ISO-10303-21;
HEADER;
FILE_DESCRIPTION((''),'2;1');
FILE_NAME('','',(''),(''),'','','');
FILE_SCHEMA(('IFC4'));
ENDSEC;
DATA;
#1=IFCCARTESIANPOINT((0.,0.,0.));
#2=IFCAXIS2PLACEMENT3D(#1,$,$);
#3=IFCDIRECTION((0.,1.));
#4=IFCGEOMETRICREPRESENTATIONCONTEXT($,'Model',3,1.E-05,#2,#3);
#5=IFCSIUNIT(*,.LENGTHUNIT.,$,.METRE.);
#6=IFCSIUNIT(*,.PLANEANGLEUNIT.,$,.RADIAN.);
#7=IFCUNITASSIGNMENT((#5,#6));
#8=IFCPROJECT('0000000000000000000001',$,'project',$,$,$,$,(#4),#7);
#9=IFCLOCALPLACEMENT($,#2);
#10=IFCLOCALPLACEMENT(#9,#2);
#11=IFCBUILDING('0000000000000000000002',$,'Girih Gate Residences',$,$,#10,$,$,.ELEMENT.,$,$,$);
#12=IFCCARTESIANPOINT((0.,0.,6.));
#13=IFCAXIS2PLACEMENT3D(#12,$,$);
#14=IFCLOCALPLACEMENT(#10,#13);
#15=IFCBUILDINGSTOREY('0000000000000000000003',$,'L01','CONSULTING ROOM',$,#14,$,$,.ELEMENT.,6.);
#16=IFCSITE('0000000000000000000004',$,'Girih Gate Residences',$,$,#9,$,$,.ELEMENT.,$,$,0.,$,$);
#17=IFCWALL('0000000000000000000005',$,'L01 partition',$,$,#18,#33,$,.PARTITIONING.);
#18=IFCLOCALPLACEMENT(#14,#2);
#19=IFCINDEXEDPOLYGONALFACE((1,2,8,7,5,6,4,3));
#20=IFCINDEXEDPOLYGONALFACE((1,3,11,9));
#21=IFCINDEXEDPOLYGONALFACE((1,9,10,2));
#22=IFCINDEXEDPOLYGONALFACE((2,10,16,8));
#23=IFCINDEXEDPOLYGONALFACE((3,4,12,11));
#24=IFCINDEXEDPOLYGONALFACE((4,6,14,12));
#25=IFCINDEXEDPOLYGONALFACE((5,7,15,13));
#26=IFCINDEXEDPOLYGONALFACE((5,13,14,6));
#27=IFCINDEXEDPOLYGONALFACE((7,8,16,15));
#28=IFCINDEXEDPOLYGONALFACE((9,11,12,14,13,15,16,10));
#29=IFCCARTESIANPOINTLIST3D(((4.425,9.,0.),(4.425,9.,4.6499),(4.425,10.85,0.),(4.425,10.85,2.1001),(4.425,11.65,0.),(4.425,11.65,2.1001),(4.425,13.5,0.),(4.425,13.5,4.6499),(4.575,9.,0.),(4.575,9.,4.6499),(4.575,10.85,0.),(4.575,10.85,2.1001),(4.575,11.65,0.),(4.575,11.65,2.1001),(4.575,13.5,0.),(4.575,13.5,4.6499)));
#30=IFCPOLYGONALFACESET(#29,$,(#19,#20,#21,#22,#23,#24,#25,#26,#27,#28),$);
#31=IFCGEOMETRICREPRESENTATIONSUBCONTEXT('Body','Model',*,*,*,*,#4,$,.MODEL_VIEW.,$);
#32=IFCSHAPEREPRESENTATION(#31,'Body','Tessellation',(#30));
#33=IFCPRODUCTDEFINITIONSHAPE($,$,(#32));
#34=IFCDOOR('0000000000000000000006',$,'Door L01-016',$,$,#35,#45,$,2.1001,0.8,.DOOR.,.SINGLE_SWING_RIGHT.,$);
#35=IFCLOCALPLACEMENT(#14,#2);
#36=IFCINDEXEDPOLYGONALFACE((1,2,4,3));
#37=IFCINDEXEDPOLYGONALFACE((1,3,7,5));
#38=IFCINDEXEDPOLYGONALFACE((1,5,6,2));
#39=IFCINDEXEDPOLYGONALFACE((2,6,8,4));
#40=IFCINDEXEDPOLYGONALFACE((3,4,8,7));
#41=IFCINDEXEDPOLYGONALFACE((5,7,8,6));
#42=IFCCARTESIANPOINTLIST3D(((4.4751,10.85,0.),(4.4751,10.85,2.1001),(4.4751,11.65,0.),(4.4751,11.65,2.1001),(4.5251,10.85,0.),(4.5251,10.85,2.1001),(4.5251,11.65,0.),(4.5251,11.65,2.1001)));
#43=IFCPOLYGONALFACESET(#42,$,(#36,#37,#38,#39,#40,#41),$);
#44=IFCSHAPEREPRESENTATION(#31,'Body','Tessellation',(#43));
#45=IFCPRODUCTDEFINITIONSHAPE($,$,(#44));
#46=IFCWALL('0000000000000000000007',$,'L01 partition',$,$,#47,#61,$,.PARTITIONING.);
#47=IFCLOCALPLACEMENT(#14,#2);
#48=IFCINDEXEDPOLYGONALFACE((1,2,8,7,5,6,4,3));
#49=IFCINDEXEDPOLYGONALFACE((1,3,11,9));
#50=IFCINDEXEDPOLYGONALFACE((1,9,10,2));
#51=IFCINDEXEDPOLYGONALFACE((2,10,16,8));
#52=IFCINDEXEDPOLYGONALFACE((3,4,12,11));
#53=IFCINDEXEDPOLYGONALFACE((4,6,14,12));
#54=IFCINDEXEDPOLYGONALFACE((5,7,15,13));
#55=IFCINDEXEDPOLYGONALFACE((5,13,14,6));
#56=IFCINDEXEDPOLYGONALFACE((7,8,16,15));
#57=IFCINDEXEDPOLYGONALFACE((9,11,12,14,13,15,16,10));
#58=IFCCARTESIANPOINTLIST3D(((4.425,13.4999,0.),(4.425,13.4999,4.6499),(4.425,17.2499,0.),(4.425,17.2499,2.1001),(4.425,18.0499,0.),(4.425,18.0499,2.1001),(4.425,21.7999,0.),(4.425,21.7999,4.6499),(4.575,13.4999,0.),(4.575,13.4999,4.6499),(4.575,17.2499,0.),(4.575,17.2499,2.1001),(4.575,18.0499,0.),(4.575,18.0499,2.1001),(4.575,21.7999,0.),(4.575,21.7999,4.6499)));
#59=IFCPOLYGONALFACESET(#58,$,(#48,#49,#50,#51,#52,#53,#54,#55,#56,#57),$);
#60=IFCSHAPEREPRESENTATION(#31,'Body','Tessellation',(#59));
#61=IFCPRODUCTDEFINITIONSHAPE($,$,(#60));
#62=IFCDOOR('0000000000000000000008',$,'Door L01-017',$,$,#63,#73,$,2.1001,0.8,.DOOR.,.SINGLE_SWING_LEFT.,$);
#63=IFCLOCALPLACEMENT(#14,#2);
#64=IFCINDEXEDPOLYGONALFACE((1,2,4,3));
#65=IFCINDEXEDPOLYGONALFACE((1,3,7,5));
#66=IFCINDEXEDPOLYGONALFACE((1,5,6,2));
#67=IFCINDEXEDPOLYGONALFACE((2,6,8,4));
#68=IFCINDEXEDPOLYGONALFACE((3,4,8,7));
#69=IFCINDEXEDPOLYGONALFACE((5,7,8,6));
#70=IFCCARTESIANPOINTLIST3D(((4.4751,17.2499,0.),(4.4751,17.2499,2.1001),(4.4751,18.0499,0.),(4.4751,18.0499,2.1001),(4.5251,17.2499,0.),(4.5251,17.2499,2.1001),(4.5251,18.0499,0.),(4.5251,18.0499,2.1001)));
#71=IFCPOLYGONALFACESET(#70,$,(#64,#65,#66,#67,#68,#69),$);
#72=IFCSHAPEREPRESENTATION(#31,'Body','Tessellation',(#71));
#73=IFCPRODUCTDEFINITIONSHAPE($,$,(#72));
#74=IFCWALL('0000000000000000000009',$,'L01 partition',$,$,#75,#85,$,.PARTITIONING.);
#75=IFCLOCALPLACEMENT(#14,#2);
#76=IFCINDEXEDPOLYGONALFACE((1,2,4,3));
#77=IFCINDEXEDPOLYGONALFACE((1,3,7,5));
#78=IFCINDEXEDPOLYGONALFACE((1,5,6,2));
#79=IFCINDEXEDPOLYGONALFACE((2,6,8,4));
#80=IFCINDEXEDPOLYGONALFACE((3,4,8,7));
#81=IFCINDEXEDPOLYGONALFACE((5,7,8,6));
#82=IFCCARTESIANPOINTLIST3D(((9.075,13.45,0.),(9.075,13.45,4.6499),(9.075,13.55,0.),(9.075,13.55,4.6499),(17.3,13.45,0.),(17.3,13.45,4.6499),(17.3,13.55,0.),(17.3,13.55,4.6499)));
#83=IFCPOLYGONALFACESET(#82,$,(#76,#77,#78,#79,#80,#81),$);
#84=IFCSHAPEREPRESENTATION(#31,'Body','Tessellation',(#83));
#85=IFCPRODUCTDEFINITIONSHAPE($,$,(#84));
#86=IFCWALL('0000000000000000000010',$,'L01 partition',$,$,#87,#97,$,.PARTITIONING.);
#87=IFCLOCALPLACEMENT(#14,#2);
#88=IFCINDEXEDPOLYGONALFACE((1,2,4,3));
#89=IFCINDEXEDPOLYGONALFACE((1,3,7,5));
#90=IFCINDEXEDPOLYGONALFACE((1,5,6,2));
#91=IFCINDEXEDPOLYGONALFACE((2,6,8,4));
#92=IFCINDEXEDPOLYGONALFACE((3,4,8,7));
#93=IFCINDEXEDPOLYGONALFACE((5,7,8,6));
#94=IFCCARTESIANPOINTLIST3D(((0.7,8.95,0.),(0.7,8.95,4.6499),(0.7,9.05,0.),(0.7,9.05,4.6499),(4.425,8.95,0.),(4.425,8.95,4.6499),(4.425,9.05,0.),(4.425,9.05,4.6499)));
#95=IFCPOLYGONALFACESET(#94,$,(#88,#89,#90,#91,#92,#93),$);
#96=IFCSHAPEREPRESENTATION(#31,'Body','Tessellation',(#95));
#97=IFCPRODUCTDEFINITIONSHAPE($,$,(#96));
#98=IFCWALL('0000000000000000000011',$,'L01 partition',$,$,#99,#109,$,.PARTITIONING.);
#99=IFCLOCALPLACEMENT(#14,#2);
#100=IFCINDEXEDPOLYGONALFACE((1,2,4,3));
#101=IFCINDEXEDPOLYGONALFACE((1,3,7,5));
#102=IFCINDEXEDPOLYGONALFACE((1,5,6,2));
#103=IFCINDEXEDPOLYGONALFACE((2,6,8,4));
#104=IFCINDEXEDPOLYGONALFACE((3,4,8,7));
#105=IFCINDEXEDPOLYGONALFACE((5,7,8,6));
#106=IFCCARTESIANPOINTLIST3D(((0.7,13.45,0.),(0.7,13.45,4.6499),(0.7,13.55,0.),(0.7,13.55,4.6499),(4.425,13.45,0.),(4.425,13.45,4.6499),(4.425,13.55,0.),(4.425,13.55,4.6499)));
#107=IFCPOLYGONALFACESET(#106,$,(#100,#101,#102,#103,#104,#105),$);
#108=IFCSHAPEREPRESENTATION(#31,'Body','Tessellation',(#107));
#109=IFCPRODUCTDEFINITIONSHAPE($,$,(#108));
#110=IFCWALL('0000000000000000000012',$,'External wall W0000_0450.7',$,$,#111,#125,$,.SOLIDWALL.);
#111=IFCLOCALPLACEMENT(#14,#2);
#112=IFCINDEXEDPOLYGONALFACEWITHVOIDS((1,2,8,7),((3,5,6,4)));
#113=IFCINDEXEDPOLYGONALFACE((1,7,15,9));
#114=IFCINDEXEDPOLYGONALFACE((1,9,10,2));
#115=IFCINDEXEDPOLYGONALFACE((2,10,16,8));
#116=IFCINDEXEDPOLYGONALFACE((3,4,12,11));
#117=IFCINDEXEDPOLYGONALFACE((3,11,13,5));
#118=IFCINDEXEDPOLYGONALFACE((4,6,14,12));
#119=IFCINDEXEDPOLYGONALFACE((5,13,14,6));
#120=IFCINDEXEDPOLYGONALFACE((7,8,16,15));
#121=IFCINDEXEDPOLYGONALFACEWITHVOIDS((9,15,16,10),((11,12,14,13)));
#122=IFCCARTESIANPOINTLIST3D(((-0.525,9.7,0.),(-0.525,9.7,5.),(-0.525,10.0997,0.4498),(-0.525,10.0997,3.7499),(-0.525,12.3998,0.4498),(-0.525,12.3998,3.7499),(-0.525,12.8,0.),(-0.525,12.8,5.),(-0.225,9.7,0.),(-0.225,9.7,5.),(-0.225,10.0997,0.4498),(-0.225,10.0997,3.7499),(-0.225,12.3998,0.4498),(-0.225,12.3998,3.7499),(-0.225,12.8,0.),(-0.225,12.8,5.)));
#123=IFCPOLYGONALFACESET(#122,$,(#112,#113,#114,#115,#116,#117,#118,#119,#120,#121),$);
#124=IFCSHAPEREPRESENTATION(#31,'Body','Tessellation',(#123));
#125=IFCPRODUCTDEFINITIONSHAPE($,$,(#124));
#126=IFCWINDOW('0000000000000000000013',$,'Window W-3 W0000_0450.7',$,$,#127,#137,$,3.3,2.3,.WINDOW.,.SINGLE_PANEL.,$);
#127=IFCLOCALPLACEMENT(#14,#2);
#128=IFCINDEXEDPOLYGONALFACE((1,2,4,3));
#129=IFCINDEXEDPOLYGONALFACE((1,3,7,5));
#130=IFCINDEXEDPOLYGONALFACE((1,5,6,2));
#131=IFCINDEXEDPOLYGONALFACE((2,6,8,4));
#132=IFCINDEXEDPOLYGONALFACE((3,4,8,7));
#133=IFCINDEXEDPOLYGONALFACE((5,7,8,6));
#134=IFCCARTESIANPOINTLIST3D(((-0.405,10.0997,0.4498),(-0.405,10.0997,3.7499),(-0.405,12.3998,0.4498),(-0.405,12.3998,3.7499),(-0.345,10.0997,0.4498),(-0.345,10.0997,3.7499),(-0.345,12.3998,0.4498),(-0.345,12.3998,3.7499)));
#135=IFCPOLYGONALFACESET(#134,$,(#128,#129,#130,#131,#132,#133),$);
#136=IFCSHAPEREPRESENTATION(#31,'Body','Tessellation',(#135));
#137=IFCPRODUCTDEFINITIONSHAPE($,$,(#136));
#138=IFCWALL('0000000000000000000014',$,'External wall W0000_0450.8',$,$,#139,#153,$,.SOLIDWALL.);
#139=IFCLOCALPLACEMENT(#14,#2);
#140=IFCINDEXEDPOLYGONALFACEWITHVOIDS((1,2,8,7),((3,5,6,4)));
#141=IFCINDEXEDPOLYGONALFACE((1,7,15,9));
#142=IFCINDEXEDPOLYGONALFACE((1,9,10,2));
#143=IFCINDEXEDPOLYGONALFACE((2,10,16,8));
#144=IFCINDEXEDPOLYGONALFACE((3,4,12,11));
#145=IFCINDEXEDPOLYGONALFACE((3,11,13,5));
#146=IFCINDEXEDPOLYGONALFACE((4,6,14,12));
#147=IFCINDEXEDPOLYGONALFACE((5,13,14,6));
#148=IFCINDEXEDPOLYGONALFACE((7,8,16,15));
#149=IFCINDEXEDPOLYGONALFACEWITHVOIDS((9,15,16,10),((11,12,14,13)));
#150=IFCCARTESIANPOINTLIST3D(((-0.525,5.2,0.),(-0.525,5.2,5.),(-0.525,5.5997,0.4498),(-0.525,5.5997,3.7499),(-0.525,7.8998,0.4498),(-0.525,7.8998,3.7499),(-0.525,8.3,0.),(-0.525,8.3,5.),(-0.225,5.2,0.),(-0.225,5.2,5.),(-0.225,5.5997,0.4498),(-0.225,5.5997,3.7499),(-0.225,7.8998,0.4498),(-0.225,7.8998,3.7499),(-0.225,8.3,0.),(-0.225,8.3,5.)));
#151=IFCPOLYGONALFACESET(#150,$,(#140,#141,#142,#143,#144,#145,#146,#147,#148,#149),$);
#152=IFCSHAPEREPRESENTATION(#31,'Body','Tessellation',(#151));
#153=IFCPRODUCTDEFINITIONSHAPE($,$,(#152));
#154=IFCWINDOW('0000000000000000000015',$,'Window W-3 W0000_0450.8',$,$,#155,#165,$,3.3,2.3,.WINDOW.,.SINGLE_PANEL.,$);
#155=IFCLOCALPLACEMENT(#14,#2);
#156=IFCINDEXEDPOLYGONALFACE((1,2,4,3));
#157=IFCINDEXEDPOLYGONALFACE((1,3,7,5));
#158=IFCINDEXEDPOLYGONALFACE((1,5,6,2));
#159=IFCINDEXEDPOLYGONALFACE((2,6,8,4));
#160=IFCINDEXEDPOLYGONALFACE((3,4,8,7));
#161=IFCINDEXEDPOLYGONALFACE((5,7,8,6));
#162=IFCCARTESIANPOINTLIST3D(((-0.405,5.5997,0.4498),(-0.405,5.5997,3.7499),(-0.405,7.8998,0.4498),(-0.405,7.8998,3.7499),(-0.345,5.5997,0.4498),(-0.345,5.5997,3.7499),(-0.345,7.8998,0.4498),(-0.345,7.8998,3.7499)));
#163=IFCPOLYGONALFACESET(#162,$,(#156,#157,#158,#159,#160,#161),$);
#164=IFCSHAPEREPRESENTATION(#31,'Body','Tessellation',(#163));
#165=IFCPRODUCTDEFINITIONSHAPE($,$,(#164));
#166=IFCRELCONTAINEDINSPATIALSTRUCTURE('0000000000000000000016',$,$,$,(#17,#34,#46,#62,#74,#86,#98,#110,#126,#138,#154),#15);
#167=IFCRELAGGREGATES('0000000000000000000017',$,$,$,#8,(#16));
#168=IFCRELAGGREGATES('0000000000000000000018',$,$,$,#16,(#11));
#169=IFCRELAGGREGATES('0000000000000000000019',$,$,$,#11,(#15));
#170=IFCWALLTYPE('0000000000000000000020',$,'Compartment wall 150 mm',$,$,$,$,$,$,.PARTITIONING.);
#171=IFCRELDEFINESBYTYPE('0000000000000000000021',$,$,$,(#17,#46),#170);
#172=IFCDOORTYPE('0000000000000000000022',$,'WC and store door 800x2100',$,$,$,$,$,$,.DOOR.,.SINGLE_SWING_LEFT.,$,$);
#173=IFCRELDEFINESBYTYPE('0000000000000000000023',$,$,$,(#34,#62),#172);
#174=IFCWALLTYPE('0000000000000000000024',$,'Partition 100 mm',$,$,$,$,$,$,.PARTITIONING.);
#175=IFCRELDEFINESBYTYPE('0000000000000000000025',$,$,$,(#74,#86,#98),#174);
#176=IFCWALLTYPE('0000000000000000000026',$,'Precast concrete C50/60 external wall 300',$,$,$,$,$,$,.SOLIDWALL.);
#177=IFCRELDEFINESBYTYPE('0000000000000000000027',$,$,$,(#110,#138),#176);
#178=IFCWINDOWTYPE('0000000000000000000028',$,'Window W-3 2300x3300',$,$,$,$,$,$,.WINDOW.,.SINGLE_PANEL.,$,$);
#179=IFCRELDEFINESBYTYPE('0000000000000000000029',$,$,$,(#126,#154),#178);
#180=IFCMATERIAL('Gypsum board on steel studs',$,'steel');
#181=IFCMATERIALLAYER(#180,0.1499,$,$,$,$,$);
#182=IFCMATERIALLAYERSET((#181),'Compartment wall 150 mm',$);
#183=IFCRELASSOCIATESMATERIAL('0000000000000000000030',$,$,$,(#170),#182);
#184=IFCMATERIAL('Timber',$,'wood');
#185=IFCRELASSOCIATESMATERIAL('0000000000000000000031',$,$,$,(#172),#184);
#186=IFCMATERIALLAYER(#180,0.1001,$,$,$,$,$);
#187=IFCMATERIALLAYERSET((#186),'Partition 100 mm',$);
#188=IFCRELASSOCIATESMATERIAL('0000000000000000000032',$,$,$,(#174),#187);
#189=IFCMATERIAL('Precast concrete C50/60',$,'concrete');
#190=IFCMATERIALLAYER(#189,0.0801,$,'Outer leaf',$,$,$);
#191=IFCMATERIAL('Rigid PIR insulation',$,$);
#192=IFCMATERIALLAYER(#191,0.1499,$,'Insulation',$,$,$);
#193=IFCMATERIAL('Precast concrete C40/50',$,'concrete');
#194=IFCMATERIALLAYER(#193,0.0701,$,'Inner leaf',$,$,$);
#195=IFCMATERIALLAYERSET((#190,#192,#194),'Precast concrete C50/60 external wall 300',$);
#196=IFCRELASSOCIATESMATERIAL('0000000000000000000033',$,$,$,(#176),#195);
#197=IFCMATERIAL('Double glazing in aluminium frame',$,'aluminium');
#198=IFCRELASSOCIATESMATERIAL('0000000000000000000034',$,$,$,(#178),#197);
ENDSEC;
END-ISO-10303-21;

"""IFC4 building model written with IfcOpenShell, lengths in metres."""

from ifc_helpers import new_model, si_unit, direction, frame, frame_2d, origin, place, context, subcontext, project, spatial, rectangle, extrude, material, layer, layer_set, type_object, element, fill, save


model = new_model("IFC4")

# Units and contexts
model_context = context("Model", 3, precision=1e-05, world=origin(), true_north=direction((0.0, 1.0)))
body_context = subcontext(model_context, "Body", "Model", "MODEL_VIEW")
ifc_project = project(units=[si_unit("LENGTHUNIT", "METRE"), si_unit("PLANEANGLEUNIT", "RADIAN")], contexts=[model_context])

# Site, building, storey
site_placement = place(None, origin())
site = spatial("IfcSite", under=ifc_project, at=site_placement, Name="Girih Gate Residences", CompositionType="ELEMENT", RefElevation=0.0)
building_placement = place(site_placement, origin())
building = spatial("IfcBuilding", under=site, at=building_placement, Name="Girih Gate Residences", CompositionType="ELEMENT")
storey_placement = place(building_placement, frame((0.0, 0.0, 6.0)))
storey = spatial("IfcBuildingStorey", under=building, at=storey_placement, Name="L01", Description="CONSULTING ROOM", CompositionType="ELEMENT", Elevation=6.0)

# Walls, openings, doors
ifc_material_1 = material(Name="Gypsum board on steel studs", Category="steel")
ifc_layer_1 = layer(ifc_material_1, 0.1499)
ifc_layer_set_1 = layer_set([ifc_layer_1], Name="Compartment wall 150 mm")
wall_type_1 = type_object("IfcWallType", Name="Compartment wall 150 mm", PredefinedType="PARTITIONING", material=ifc_layer_set_1)
wall_1_placement = place(storey_placement, frame((4.5, 9.0, 0.0), z_axis=(0.0, 0.0, 1.0), x_axis=(0.0, 1.0, 0.0)))
wall_1 = element("IfcWall", 1, at=wall_1_placement, inside=storey, type_object=wall_type_1, Name="L01 partition", PredefinedType="PARTITIONING", context=body_context, shape_type="SweptSolid", body=[
    extrude(rectangle(XDim=4.5, YDim=0.1499, at=frame_2d((2.25, 0.0))), origin(), (0.0, 0.0, 1.0), 4.6499),
])
opening_1_placement = place(wall_1_placement, frame((1.8501, 0.0, 0.0)))
opening_1 = element("IfcOpeningElement", 2, at=opening_1_placement, cuts=wall_1, PredefinedType="OPENING", context=body_context, shape_type="SweptSolid", body=[
    extrude(rectangle(XDim=0.8, YDim=2.1001, at=frame_2d((0.3999, 1.05))), frame((0.0, 0.085, 0.0), z_axis=(0.0, -1.0, 0.0), x_axis=(1.0, 0.0, 0.0)), (0.0, 0.0, 1.0), 0.1699),
])
ifc_material_2 = material(Name="Timber", Category="wood")
door_type_1 = type_object("IfcDoorType", Name="WC and store door 800x2100", OperationType="SINGLE_SWING_LEFT", PredefinedType="DOOR", material=ifc_material_2)
door_1_placement = place(opening_1_placement, origin())
door_1 = element("IfcDoor", 3, at=door_1_placement, inside=storey, type_object=door_type_1, Name="Door L01-016", OperationType="SINGLE_SWING_RIGHT", OverallHeight=2.1001, OverallWidth=0.8, PredefinedType="DOOR", context=body_context, shape_type="SweptSolid", body=[
    extrude(rectangle(XDim=0.8, YDim=2.1001, at=frame_2d((0.3999, 1.05))), frame((0.0, 0.0249, 0.0), z_axis=(0.0, -1.0, 0.0), x_axis=(1.0, 0.0, 0.0)), (0.0, 0.0, 1.0), 0.05),
])
fill(opening_1, door_1)
wall_2_placement = place(storey_placement, frame((4.5, 13.5, 0.0), z_axis=(0.0, 0.0, 1.0), x_axis=(0.0, 1.0, 0.0)))
wall_2 = element("IfcWall", 4, at=wall_2_placement, inside=storey, type_object=wall_type_1, Name="L01 partition", PredefinedType="PARTITIONING", context=body_context, shape_type="SweptSolid", body=[
    extrude(rectangle(XDim=8.3, YDim=0.1499, at=frame_2d((4.1499, 0.0))), origin(), (0.0, 0.0, 1.0), 4.6499),
])
opening_2_placement = place(wall_2_placement, frame((3.75, 0.0, 0.0)))
opening_2 = element("IfcOpeningElement", 5, at=opening_2_placement, cuts=wall_2, PredefinedType="OPENING", context=body_context, shape_type="SweptSolid", body=[
    extrude(rectangle(XDim=0.8, YDim=2.1001, at=frame_2d((0.3999, 1.05))), frame((0.0, 0.085, 0.0), z_axis=(0.0, -1.0, 0.0), x_axis=(1.0, 0.0, 0.0)), (0.0, 0.0, 1.0), 0.1699),
])
door_2_placement = place(opening_2_placement, origin())
door_2 = element("IfcDoor", 6, at=door_2_placement, inside=storey, type_object=door_type_1, Name="Door L01-017", OperationType="SINGLE_SWING_LEFT", OverallHeight=2.1001, OverallWidth=0.8, PredefinedType="DOOR", context=body_context, shape_type="SweptSolid", body=[
    extrude(rectangle(XDim=0.8, YDim=2.1001, at=frame_2d((0.3999, 1.05))), frame((0.0, 0.0249, 0.0), z_axis=(0.0, -1.0, 0.0), x_axis=(1.0, 0.0, 0.0)), (0.0, 0.0, 1.0), 0.05),
])
fill(opening_2, door_2)

# Walls
ifc_layer_2 = layer(ifc_material_1, 0.1001)
ifc_layer_set_2 = layer_set([ifc_layer_2], Name="Partition 100 mm")
wall_type_2 = type_object("IfcWallType", Name="Partition 100 mm", PredefinedType="PARTITIONING", material=ifc_layer_set_2)
wall_3_placement = place(storey_placement, frame((9.075, 13.5, 0.0), z_axis=(0.0, 0.0, 1.0), x_axis=(1.0, 0.0, 0.0)))
element("IfcWall", 7, at=wall_3_placement, inside=storey, type_object=wall_type_2, Name="L01 partition", PredefinedType="PARTITIONING", context=body_context, shape_type="SweptSolid", body=[
    extrude(rectangle(XDim=8.2251, YDim=0.1001, at=frame_2d((4.1125, 0.0))), origin(), (0.0, 0.0, 1.0), 4.6499),
])
for number, where, z_axis, x_axis, name in (
    (8, (0.7, 9.0, 0.0), (0.0, 0.0, 1.0), (1.0, 0.0, 0.0), "L01 partition"),
    (9, (0.7, 13.5, 0.0), (0.0, 0.0, 1.0), (1.0, 0.0, 0.0), "L01 partition"),
):
    element("IfcWall", number, at=place(storey_placement, frame(where, z_axis=z_axis, x_axis=x_axis)), inside=storey, type_object=wall_type_2, Name=name, PredefinedType="PARTITIONING", context=body_context, shape_type="SweptSolid", body=[
        extrude(rectangle(XDim=3.7251, YDim=0.1001, at=frame_2d((1.8625, 0.0))), origin(), (0.0, 0.0, 1.0), 4.6499),
    ])

# Walls, openings, windows
ifc_material_3 = material(Name="Precast concrete C50/60", Category="concrete")
ifc_layer_3 = layer(ifc_material_3, 0.0801, Name="Outer leaf")
ifc_material_4 = material(Name="Rigid PIR insulation")
ifc_layer_4 = layer(ifc_material_4, 0.1499, Name="Insulation")
ifc_material_5 = material(Name="Precast concrete C40/50", Category="concrete")
ifc_layer_5 = layer(ifc_material_5, 0.0701, Name="Inner leaf")
ifc_layer_set_3 = layer_set([ifc_layer_3, ifc_layer_4, ifc_layer_5], Name="Precast concrete C50/60 external wall 300")
wall_type_3 = type_object("IfcWallType", Name="Precast concrete C50/60 external wall 300", PredefinedType="SOLIDWALL", material=ifc_layer_set_3)
wall_4_placement = place(storey_placement, frame((-0.375, 9.7, 0.0), z_axis=(0.0, 0.0, 1.0), x_axis=(0.0, 1.0, 0.0)))
wall_4 = element("IfcWall", 10, at=wall_4_placement, inside=storey, type_object=wall_type_3, Name="External wall W0000_0450.7", PredefinedType="SOLIDWALL", context=body_context, shape_type="SweptSolid", body=[
    extrude(rectangle(XDim=3.1001, YDim=0.3, at=frame_2d((1.55, 0.0))), origin(), (0.0, 0.0, 1.0), 5.0),
])
opening_3_placement = place(wall_4_placement, frame((0.3999, 0.0, 0.45)))
opening_3 = element("IfcOpeningElement", 11, at=opening_3_placement, cuts=wall_4, PredefinedType="OPENING", context=body_context, shape_type="SweptSolid", body=[
    extrude(rectangle(XDim=2.3, YDim=3.3, at=frame_2d((1.1499, 1.6499))), frame((0.0, 0.1599, 0.0), z_axis=(0.0, -1.0, 0.0), x_axis=(1.0, 0.0, 0.0)), (0.0, 0.0, 1.0), 0.3201),
])
ifc_material_6 = material(Name="Double glazing in aluminium frame", Category="aluminium")
window_type_1 = type_object("IfcWindowType", Name="Window W-3 2300x3300", PartitioningType="SINGLE_PANEL", PredefinedType="WINDOW", material=ifc_material_6)
window_1_placement = place(opening_3_placement, origin())
window_1 = element("IfcWindow", 12, at=window_1_placement, inside=storey, type_object=window_type_1, Name="Window W-3 W0000_0450.7", OverallHeight=3.3, OverallWidth=2.3, PartitioningType="SINGLE_PANEL", PredefinedType="WINDOW", context=body_context, shape_type="SweptSolid", body=[
    extrude(rectangle(XDim=2.3, YDim=3.3, at=frame_2d((1.1499, 1.6499))), frame((0.0, 0.03, 0.0), z_axis=(0.0, -1.0, 0.0), x_axis=(1.0, 0.0, 0.0)), (0.0, 0.0, 1.0), 0.0601),
])
fill(opening_3, window_1)
wall_5_placement = place(storey_placement, frame((-0.375, 5.2, 0.0), z_axis=(0.0, 0.0, 1.0), x_axis=(0.0, 1.0, 0.0)))
wall_5 = element("IfcWall", 13, at=wall_5_placement, inside=storey, type_object=wall_type_3, Name="External wall W0000_0450.8", PredefinedType="SOLIDWALL", context=body_context, shape_type="SweptSolid", body=[
    extrude(rectangle(XDim=3.1001, YDim=0.3, at=frame_2d((1.55, 0.0))), origin(), (0.0, 0.0, 1.0), 5.0),
])
opening_4_placement = place(wall_5_placement, frame((0.3999, 0.0, 0.45)))
opening_4 = element("IfcOpeningElement", 14, at=opening_4_placement, cuts=wall_5, PredefinedType="OPENING", context=body_context, shape_type="SweptSolid", body=[
    extrude(rectangle(XDim=2.3, YDim=3.3, at=frame_2d((1.1499, 1.6499))), frame((0.0, 0.1599, 0.0), z_axis=(0.0, -1.0, 0.0), x_axis=(1.0, 0.0, 0.0)), (0.0, 0.0, 1.0), 0.3201),
])
window_2_placement = place(opening_4_placement, origin())
window_2 = element("IfcWindow", 15, at=window_2_placement, inside=storey, type_object=window_type_1, Name="Window W-3 W0000_0450.8", OverallHeight=3.3, OverallWidth=2.3, PartitioningType="SINGLE_PANEL", PredefinedType="WINDOW", context=body_context, shape_type="SweptSolid", body=[
    extrude(rectangle(XDim=2.3, YDim=3.3, at=frame_2d((1.1499, 1.6499))), frame((0.0, 0.03, 0.0), z_axis=(0.0, -1.0, 0.0), x_axis=(1.0, 0.0, 0.0)), (0.0, 0.0, 1.0), 0.0601),
])
fill(opening_4, window_2)

save(model, "model.ifc")
